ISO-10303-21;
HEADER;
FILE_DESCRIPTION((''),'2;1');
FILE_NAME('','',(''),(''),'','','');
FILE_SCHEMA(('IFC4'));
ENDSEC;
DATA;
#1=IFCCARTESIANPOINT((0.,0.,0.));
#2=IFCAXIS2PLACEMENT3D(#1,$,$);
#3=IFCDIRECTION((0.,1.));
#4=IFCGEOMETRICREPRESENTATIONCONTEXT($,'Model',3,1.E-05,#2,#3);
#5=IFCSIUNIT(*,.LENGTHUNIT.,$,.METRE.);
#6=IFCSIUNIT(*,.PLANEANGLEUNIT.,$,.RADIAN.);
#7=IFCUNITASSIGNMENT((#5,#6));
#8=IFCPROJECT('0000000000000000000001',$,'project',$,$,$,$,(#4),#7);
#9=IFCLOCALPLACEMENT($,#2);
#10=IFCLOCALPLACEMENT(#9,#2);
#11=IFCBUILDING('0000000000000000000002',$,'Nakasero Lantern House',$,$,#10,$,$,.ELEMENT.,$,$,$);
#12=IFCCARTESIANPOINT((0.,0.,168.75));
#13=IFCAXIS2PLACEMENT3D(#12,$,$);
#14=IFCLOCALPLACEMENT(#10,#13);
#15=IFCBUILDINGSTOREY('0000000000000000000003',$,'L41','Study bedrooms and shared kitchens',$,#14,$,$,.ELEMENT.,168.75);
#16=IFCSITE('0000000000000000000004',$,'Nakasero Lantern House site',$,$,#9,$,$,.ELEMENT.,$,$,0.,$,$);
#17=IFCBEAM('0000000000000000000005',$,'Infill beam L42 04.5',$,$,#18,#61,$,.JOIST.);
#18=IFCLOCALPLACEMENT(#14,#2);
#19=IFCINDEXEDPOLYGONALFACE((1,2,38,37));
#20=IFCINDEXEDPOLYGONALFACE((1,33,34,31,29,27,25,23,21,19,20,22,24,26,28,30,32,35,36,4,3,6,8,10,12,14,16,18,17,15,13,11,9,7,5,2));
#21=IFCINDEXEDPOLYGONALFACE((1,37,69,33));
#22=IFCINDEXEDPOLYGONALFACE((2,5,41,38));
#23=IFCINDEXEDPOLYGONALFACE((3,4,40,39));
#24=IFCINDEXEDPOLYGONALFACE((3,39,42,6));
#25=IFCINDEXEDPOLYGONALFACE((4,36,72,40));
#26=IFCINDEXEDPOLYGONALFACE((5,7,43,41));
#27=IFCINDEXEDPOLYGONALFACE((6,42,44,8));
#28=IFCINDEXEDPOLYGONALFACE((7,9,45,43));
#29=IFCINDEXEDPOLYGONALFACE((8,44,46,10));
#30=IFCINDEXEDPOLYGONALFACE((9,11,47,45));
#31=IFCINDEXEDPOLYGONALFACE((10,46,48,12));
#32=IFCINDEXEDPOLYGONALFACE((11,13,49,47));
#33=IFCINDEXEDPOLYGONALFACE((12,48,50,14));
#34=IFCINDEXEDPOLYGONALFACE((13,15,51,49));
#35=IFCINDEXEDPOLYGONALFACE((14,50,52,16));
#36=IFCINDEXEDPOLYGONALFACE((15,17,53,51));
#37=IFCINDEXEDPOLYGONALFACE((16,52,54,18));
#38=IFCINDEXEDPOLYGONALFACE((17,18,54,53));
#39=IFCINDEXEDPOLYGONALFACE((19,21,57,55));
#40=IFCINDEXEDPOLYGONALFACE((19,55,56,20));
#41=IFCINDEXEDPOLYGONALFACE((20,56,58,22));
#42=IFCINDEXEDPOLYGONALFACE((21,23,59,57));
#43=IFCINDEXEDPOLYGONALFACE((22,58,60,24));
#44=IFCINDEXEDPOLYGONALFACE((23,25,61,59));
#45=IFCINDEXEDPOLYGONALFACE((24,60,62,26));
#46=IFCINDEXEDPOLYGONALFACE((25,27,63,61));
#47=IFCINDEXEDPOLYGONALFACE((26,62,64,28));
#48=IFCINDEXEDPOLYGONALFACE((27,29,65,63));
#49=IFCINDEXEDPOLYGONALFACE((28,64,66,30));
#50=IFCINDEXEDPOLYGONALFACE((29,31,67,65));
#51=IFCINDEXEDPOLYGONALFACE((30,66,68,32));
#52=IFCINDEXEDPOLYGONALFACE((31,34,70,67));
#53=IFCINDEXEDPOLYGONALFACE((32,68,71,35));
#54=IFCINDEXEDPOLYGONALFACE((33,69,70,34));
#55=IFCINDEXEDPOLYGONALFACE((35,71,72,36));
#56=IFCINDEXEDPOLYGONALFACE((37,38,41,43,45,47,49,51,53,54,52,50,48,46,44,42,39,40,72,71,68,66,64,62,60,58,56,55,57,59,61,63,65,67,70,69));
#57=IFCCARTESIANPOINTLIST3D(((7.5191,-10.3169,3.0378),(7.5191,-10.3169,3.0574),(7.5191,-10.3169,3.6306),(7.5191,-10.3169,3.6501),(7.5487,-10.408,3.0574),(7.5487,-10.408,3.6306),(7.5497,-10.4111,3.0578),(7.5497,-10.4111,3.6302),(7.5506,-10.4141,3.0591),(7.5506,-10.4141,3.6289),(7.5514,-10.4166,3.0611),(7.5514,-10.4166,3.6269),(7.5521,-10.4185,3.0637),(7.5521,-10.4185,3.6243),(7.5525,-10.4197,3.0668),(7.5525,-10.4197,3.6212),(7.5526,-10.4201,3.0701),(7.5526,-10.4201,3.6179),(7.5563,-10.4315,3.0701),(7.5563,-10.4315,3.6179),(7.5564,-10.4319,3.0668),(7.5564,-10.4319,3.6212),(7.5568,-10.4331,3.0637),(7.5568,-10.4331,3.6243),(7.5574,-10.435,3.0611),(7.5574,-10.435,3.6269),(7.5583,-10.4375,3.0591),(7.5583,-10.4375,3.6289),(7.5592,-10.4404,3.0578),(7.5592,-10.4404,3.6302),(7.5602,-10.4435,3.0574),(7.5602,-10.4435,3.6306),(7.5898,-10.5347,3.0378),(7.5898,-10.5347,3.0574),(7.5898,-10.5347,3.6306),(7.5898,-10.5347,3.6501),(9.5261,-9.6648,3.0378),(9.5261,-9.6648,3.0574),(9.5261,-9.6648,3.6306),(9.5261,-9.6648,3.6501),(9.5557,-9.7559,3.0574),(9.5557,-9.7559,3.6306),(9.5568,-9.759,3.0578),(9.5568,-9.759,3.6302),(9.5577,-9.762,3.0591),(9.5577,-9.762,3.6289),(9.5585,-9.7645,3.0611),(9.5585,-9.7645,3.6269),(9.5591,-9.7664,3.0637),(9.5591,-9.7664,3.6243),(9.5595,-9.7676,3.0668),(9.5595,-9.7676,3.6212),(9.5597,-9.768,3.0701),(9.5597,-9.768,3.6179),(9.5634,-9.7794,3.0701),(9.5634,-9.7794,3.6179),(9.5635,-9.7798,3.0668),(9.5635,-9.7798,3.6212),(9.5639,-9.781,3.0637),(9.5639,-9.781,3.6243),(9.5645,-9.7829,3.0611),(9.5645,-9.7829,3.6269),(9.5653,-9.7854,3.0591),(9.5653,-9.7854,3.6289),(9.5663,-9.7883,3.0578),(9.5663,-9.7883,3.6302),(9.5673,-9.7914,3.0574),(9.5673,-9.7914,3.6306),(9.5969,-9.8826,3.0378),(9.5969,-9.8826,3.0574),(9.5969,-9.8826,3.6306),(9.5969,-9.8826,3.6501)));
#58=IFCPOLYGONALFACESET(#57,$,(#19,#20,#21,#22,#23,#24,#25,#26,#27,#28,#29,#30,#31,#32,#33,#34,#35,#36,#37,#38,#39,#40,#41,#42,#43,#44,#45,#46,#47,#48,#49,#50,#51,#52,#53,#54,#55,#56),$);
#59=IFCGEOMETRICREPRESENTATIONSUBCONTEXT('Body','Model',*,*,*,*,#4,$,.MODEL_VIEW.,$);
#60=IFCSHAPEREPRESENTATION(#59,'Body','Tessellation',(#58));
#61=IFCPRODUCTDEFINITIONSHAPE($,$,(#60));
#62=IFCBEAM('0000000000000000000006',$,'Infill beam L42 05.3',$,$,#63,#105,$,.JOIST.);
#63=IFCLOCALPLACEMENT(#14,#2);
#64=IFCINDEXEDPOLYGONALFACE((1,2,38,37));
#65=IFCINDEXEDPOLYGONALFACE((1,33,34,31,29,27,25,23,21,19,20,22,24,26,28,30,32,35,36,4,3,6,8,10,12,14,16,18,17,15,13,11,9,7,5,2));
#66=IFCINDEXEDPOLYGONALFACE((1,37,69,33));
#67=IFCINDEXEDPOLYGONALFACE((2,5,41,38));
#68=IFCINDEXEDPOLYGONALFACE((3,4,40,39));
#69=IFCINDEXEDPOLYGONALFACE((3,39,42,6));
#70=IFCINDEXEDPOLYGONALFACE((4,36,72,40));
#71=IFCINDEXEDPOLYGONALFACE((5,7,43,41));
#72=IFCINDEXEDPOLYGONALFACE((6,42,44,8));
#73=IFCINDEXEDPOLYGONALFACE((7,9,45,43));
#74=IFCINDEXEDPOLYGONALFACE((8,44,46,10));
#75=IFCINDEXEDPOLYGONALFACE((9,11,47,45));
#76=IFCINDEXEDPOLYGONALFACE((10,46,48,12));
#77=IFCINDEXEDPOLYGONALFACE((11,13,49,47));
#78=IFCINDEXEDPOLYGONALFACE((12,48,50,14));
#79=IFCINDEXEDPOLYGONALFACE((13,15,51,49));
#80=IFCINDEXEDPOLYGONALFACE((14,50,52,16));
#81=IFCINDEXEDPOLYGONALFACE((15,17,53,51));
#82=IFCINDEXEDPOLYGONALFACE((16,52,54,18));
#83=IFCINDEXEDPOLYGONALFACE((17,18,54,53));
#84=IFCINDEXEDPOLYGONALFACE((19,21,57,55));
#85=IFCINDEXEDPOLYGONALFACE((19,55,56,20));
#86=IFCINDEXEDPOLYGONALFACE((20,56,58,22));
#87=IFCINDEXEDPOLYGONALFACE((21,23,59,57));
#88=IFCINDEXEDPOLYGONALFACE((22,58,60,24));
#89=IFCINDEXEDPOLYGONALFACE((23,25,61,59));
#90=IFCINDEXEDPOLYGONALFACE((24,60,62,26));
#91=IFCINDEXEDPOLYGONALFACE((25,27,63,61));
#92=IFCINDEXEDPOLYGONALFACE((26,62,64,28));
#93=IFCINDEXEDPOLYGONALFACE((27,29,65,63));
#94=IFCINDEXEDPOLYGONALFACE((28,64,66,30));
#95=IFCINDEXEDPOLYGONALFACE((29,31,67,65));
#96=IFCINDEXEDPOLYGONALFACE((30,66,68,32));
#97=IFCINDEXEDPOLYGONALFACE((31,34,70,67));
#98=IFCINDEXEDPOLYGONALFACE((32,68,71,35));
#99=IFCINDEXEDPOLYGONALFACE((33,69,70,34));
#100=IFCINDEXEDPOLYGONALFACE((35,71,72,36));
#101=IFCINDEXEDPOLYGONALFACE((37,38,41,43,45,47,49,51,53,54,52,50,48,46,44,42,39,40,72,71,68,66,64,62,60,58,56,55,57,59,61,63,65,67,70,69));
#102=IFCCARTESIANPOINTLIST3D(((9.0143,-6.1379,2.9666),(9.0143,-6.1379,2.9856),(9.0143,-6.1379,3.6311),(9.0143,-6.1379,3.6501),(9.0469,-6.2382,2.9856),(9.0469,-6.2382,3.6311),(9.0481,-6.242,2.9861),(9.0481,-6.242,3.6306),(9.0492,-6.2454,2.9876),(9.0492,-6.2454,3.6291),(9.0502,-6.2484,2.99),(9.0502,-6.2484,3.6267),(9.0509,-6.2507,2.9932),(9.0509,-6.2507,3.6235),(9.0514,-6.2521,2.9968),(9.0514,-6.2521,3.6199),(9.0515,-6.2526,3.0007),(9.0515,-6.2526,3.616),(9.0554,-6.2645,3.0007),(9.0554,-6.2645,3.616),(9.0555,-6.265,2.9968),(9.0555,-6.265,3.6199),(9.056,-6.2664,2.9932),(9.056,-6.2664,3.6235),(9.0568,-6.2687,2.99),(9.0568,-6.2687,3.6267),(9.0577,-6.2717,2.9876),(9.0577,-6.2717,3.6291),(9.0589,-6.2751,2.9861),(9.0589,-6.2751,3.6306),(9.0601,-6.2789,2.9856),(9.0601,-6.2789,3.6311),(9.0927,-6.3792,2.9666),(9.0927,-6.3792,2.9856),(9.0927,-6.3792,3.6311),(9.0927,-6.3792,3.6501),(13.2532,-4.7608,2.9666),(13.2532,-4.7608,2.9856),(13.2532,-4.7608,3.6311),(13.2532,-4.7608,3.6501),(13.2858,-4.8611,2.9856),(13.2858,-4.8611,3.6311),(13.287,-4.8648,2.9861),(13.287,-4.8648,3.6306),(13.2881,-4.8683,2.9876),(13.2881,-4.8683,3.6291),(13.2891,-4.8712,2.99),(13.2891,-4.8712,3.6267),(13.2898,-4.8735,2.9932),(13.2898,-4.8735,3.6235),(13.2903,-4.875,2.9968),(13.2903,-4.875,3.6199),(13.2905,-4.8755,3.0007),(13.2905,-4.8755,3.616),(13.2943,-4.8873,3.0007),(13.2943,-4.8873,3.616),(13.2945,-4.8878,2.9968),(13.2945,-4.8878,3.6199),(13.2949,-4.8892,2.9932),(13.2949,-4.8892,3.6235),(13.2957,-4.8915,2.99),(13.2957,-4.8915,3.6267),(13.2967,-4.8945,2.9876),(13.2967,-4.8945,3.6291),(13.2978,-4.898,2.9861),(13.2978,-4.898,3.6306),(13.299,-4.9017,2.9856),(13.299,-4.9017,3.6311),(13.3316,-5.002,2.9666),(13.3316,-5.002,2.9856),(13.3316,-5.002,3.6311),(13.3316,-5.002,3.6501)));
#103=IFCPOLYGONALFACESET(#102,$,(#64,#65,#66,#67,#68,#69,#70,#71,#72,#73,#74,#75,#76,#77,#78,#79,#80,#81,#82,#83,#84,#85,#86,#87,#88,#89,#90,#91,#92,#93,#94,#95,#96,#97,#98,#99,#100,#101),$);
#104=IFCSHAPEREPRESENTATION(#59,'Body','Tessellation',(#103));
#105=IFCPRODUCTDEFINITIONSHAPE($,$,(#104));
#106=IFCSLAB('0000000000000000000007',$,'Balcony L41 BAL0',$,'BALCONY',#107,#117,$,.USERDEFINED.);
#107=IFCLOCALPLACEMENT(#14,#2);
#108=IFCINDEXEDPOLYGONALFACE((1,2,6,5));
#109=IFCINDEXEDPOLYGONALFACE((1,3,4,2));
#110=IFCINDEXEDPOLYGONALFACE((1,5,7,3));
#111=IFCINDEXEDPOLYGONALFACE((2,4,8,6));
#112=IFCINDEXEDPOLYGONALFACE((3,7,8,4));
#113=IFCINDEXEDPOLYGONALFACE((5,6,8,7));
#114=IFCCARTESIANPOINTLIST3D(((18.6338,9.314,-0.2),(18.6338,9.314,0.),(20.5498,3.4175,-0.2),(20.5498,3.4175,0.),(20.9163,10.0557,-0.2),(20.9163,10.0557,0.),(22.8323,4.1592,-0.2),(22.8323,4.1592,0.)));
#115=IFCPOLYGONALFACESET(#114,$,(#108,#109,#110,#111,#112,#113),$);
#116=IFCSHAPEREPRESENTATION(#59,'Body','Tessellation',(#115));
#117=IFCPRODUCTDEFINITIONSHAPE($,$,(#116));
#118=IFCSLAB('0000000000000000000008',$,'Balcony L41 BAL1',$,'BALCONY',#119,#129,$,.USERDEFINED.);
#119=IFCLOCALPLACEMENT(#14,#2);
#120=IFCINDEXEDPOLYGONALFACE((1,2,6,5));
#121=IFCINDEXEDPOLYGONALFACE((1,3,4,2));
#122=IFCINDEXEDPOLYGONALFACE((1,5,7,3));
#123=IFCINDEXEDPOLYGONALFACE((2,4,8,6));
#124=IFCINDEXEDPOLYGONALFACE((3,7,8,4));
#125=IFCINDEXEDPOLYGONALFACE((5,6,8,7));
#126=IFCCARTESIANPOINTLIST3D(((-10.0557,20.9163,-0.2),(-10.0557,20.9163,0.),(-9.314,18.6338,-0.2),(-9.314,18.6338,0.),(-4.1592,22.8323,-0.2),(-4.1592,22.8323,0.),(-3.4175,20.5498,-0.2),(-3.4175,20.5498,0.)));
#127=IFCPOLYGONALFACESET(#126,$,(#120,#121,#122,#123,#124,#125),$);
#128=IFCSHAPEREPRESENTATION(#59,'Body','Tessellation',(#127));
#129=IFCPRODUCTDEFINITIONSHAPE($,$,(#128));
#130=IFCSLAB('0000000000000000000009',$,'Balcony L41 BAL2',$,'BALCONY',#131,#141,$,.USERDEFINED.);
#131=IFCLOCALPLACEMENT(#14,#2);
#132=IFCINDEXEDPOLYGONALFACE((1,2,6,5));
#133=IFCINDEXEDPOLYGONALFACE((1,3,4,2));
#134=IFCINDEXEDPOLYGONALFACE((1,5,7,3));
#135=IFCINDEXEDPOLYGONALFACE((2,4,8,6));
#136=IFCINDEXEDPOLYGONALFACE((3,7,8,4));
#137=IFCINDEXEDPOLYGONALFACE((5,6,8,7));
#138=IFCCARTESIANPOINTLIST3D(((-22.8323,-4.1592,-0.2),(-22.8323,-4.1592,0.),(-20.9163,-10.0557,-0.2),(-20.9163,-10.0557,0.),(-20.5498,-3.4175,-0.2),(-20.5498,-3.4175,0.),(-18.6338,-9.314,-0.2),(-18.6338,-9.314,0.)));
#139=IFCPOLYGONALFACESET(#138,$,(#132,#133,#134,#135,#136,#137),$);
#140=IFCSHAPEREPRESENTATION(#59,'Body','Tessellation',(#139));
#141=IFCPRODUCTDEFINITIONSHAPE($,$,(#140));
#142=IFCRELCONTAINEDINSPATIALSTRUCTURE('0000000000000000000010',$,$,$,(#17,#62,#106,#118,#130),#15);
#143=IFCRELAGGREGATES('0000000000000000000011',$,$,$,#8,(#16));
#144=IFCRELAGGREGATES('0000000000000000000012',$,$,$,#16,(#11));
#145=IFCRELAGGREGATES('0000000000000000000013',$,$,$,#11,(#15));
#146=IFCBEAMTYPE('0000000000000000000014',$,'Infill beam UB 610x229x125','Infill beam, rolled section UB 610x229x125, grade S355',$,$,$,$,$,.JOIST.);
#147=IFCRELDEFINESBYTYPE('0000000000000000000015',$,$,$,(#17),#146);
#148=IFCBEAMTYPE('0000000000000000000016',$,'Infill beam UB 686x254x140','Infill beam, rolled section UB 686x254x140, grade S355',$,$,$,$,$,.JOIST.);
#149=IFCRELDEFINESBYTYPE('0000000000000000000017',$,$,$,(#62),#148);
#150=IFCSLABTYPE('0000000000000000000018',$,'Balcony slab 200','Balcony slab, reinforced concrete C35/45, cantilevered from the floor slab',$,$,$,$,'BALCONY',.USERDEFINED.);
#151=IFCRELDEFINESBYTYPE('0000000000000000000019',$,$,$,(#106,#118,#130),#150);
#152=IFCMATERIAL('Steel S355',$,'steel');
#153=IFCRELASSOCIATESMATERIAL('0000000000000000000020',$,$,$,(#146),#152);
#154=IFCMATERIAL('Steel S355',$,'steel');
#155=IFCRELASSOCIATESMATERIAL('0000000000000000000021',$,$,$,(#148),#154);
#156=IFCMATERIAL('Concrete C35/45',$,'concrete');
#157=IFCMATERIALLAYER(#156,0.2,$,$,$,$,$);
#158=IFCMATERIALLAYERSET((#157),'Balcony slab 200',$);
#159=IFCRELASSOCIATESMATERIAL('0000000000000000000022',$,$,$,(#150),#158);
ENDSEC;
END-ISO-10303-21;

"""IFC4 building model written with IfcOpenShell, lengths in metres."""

from ifc_helpers import new_model, si_unit, direction, frame, origin, origin_2d, place, context, subcontext, project, spatial, polyline, i_section, outline, extrude, material, layer, layer_set, material_profile, profile_set, type_object, element, save


model = new_model("IFC4")

# Units and contexts
model_context = context("Model", 3, precision=1e-05, world=origin(), true_north=direction((0.0, 1.0)))
body_context = subcontext(model_context, "Body", "Model", "MODEL_VIEW")
ifc_project = project(units=[si_unit("LENGTHUNIT", "METRE"), si_unit("PLANEANGLEUNIT", "RADIAN")], contexts=[model_context])

# Site, building, storey
site_placement = place(None, origin())
site = spatial("IfcSite", under=ifc_project, at=site_placement, Name="Nakasero Lantern House site", CompositionType="ELEMENT", RefElevation=0.0)
building_placement = place(site_placement, origin())
building = spatial("IfcBuilding", under=site, at=building_placement, Name="Nakasero Lantern House", CompositionType="ELEMENT")
storey_placement = place(building_placement, frame((0.0, 0.0, 168.75)))
storey = spatial("IfcBuildingStorey", under=building, at=storey_placement, Name="L41", Description="Study bedrooms and shared kitchens", CompositionType="ELEMENT", Elevation=168.75)

# Beams
ifc_material_1 = material(Name="Steel S355", Category="steel")
ifc_material_profile_1 = material_profile(ifc_material_1, i_section(OverallWidth=0.229, OverallDepth=0.6123, WebThickness=0.012, FlangeThickness=0.0195, FilletRadius=0.0127, at=origin_2d()), Name="UB 610x229x125")
ifc_profile_set_1 = profile_set([ifc_material_profile_1], Name="Steel S355")
beam_type_1 = type_object("IfcBeamType", Name="Infill beam UB 610x229x125", Description="Infill beam, rolled section UB 610x229x125, grade S355", PredefinedType="JOIST", material=ifc_profile_set_1)
beam_1_placement = place(storey_placement, frame((7.5544, -10.4258, 3.344), z_axis=(0.951062, 0.309, 0.0), x_axis=(-0.309, 0.951062, 0.0)))
element("IfcBeam", 1, at=beam_1_placement, inside=storey, type_object=beam_type_1, Name="Infill beam L42 04.5", PredefinedType="JOIST", context=body_context, shape_type="SweptSolid", body=[
    extrude(i_section(OverallWidth=0.229, OverallDepth=0.6123, WebThickness=0.012, FlangeThickness=0.0195, FilletRadius=0.0127, at=origin_2d()), origin(), (0.0, 0.0, 1.0), 2.1104),
])
ifc_material_2 = material(Name="Steel S355", Category="steel")
ifc_material_profile_2 = material_profile(ifc_material_2, i_section(OverallWidth=0.2537, OverallDepth=0.6836, WebThickness=0.0125, FlangeThickness=0.019, FilletRadius=0.0151, at=origin_2d()), Name="UB 686x254x140")
ifc_profile_set_2 = profile_set([ifc_material_profile_2], Name="Steel S355")
beam_type_2 = type_object("IfcBeamType", Name="Infill beam UB 686x254x140", Description="Infill beam, rolled section UB 686x254x140, grade S355", PredefinedType="JOIST", material=ifc_profile_set_2)
beam_2_placement = place(storey_placement, frame((9.0535, -6.2585, 3.3083), z_axis=(0.951066, 0.308988, 0.0), x_axis=(-0.308988, 0.951066, 0.0)))
element("IfcBeam", 2, at=beam_2_placement, inside=storey, type_object=beam_type_2, Name="Infill beam L42 05.3", PredefinedType="JOIST", context=body_context, shape_type="SweptSolid", body=[
    extrude(i_section(OverallWidth=0.2537, OverallDepth=0.6836, WebThickness=0.0125, FlangeThickness=0.019, FilletRadius=0.0151, at=origin_2d()), origin(), (0.0, 0.0, 1.0), 4.457),
])

# Slabs
ifc_material_3 = material(Name="Concrete C35/45", Category="concrete")
ifc_layer_1 = layer(ifc_material_3, 0.2)
ifc_layer_set_1 = layer_set([ifc_layer_1], Name="Balcony slab 200")
slab_type_1 = type_object("IfcSlabType", Name="Balcony slab 200", Description="Balcony slab, reinforced concrete C35/45, cantilevered from the floor slab", ElementType="BALCONY", PredefinedType="USERDEFINED", material=ifc_layer_set_1)
slab_1_placement = place(storey_placement, frame((0.0, 0.0, -0.2)))
element("IfcSlab", 3, at=slab_1_placement, inside=storey, type_object=slab_type_1, Name="Balcony L41 BAL0", ObjectType="BALCONY", PredefinedType="USERDEFINED", context=body_context, shape_type="SweptSolid", body=[
    extrude(outline(polyline([(20.5498, 3.4175), (22.8323, 4.1592), (20.9163, 10.0557), (18.6338, 9.314), (20.5498, 3.4175)])), origin(), (0.0, 0.0, 1.0), 0.2),
])
slab_2_placement = place(storey_placement, frame((0.0, 0.0, -0.2)))
element("IfcSlab", 4, at=slab_2_placement, inside=storey, type_object=slab_type_1, Name="Balcony L41 BAL1", ObjectType="BALCONY", PredefinedType="USERDEFINED", context=body_context, shape_type="SweptSolid", body=[
    extrude(outline(polyline([(-3.4175, 20.5498), (-4.1592, 22.8323), (-10.0557, 20.9163), (-9.314, 18.6338), (-3.4175, 20.5498)])), origin(), (0.0, 0.0, 1.0), 0.2),
])
slab_3_placement = place(storey_placement, frame((0.0, 0.0, -0.2)))
element("IfcSlab", 5, at=slab_3_placement, inside=storey, type_object=slab_type_1, Name="Balcony L41 BAL2", ObjectType="BALCONY", PredefinedType="USERDEFINED", context=body_context, shape_type="SweptSolid", body=[
    extrude(outline(polyline([(-20.5498, -3.4175), (-22.8323, -4.1592), (-20.9163, -10.0557), (-18.6338, -9.314), (-20.5498, -3.4175)])), origin(), (0.0, 0.0, 1.0), 0.2),
])

save(model, "model.ifc")
